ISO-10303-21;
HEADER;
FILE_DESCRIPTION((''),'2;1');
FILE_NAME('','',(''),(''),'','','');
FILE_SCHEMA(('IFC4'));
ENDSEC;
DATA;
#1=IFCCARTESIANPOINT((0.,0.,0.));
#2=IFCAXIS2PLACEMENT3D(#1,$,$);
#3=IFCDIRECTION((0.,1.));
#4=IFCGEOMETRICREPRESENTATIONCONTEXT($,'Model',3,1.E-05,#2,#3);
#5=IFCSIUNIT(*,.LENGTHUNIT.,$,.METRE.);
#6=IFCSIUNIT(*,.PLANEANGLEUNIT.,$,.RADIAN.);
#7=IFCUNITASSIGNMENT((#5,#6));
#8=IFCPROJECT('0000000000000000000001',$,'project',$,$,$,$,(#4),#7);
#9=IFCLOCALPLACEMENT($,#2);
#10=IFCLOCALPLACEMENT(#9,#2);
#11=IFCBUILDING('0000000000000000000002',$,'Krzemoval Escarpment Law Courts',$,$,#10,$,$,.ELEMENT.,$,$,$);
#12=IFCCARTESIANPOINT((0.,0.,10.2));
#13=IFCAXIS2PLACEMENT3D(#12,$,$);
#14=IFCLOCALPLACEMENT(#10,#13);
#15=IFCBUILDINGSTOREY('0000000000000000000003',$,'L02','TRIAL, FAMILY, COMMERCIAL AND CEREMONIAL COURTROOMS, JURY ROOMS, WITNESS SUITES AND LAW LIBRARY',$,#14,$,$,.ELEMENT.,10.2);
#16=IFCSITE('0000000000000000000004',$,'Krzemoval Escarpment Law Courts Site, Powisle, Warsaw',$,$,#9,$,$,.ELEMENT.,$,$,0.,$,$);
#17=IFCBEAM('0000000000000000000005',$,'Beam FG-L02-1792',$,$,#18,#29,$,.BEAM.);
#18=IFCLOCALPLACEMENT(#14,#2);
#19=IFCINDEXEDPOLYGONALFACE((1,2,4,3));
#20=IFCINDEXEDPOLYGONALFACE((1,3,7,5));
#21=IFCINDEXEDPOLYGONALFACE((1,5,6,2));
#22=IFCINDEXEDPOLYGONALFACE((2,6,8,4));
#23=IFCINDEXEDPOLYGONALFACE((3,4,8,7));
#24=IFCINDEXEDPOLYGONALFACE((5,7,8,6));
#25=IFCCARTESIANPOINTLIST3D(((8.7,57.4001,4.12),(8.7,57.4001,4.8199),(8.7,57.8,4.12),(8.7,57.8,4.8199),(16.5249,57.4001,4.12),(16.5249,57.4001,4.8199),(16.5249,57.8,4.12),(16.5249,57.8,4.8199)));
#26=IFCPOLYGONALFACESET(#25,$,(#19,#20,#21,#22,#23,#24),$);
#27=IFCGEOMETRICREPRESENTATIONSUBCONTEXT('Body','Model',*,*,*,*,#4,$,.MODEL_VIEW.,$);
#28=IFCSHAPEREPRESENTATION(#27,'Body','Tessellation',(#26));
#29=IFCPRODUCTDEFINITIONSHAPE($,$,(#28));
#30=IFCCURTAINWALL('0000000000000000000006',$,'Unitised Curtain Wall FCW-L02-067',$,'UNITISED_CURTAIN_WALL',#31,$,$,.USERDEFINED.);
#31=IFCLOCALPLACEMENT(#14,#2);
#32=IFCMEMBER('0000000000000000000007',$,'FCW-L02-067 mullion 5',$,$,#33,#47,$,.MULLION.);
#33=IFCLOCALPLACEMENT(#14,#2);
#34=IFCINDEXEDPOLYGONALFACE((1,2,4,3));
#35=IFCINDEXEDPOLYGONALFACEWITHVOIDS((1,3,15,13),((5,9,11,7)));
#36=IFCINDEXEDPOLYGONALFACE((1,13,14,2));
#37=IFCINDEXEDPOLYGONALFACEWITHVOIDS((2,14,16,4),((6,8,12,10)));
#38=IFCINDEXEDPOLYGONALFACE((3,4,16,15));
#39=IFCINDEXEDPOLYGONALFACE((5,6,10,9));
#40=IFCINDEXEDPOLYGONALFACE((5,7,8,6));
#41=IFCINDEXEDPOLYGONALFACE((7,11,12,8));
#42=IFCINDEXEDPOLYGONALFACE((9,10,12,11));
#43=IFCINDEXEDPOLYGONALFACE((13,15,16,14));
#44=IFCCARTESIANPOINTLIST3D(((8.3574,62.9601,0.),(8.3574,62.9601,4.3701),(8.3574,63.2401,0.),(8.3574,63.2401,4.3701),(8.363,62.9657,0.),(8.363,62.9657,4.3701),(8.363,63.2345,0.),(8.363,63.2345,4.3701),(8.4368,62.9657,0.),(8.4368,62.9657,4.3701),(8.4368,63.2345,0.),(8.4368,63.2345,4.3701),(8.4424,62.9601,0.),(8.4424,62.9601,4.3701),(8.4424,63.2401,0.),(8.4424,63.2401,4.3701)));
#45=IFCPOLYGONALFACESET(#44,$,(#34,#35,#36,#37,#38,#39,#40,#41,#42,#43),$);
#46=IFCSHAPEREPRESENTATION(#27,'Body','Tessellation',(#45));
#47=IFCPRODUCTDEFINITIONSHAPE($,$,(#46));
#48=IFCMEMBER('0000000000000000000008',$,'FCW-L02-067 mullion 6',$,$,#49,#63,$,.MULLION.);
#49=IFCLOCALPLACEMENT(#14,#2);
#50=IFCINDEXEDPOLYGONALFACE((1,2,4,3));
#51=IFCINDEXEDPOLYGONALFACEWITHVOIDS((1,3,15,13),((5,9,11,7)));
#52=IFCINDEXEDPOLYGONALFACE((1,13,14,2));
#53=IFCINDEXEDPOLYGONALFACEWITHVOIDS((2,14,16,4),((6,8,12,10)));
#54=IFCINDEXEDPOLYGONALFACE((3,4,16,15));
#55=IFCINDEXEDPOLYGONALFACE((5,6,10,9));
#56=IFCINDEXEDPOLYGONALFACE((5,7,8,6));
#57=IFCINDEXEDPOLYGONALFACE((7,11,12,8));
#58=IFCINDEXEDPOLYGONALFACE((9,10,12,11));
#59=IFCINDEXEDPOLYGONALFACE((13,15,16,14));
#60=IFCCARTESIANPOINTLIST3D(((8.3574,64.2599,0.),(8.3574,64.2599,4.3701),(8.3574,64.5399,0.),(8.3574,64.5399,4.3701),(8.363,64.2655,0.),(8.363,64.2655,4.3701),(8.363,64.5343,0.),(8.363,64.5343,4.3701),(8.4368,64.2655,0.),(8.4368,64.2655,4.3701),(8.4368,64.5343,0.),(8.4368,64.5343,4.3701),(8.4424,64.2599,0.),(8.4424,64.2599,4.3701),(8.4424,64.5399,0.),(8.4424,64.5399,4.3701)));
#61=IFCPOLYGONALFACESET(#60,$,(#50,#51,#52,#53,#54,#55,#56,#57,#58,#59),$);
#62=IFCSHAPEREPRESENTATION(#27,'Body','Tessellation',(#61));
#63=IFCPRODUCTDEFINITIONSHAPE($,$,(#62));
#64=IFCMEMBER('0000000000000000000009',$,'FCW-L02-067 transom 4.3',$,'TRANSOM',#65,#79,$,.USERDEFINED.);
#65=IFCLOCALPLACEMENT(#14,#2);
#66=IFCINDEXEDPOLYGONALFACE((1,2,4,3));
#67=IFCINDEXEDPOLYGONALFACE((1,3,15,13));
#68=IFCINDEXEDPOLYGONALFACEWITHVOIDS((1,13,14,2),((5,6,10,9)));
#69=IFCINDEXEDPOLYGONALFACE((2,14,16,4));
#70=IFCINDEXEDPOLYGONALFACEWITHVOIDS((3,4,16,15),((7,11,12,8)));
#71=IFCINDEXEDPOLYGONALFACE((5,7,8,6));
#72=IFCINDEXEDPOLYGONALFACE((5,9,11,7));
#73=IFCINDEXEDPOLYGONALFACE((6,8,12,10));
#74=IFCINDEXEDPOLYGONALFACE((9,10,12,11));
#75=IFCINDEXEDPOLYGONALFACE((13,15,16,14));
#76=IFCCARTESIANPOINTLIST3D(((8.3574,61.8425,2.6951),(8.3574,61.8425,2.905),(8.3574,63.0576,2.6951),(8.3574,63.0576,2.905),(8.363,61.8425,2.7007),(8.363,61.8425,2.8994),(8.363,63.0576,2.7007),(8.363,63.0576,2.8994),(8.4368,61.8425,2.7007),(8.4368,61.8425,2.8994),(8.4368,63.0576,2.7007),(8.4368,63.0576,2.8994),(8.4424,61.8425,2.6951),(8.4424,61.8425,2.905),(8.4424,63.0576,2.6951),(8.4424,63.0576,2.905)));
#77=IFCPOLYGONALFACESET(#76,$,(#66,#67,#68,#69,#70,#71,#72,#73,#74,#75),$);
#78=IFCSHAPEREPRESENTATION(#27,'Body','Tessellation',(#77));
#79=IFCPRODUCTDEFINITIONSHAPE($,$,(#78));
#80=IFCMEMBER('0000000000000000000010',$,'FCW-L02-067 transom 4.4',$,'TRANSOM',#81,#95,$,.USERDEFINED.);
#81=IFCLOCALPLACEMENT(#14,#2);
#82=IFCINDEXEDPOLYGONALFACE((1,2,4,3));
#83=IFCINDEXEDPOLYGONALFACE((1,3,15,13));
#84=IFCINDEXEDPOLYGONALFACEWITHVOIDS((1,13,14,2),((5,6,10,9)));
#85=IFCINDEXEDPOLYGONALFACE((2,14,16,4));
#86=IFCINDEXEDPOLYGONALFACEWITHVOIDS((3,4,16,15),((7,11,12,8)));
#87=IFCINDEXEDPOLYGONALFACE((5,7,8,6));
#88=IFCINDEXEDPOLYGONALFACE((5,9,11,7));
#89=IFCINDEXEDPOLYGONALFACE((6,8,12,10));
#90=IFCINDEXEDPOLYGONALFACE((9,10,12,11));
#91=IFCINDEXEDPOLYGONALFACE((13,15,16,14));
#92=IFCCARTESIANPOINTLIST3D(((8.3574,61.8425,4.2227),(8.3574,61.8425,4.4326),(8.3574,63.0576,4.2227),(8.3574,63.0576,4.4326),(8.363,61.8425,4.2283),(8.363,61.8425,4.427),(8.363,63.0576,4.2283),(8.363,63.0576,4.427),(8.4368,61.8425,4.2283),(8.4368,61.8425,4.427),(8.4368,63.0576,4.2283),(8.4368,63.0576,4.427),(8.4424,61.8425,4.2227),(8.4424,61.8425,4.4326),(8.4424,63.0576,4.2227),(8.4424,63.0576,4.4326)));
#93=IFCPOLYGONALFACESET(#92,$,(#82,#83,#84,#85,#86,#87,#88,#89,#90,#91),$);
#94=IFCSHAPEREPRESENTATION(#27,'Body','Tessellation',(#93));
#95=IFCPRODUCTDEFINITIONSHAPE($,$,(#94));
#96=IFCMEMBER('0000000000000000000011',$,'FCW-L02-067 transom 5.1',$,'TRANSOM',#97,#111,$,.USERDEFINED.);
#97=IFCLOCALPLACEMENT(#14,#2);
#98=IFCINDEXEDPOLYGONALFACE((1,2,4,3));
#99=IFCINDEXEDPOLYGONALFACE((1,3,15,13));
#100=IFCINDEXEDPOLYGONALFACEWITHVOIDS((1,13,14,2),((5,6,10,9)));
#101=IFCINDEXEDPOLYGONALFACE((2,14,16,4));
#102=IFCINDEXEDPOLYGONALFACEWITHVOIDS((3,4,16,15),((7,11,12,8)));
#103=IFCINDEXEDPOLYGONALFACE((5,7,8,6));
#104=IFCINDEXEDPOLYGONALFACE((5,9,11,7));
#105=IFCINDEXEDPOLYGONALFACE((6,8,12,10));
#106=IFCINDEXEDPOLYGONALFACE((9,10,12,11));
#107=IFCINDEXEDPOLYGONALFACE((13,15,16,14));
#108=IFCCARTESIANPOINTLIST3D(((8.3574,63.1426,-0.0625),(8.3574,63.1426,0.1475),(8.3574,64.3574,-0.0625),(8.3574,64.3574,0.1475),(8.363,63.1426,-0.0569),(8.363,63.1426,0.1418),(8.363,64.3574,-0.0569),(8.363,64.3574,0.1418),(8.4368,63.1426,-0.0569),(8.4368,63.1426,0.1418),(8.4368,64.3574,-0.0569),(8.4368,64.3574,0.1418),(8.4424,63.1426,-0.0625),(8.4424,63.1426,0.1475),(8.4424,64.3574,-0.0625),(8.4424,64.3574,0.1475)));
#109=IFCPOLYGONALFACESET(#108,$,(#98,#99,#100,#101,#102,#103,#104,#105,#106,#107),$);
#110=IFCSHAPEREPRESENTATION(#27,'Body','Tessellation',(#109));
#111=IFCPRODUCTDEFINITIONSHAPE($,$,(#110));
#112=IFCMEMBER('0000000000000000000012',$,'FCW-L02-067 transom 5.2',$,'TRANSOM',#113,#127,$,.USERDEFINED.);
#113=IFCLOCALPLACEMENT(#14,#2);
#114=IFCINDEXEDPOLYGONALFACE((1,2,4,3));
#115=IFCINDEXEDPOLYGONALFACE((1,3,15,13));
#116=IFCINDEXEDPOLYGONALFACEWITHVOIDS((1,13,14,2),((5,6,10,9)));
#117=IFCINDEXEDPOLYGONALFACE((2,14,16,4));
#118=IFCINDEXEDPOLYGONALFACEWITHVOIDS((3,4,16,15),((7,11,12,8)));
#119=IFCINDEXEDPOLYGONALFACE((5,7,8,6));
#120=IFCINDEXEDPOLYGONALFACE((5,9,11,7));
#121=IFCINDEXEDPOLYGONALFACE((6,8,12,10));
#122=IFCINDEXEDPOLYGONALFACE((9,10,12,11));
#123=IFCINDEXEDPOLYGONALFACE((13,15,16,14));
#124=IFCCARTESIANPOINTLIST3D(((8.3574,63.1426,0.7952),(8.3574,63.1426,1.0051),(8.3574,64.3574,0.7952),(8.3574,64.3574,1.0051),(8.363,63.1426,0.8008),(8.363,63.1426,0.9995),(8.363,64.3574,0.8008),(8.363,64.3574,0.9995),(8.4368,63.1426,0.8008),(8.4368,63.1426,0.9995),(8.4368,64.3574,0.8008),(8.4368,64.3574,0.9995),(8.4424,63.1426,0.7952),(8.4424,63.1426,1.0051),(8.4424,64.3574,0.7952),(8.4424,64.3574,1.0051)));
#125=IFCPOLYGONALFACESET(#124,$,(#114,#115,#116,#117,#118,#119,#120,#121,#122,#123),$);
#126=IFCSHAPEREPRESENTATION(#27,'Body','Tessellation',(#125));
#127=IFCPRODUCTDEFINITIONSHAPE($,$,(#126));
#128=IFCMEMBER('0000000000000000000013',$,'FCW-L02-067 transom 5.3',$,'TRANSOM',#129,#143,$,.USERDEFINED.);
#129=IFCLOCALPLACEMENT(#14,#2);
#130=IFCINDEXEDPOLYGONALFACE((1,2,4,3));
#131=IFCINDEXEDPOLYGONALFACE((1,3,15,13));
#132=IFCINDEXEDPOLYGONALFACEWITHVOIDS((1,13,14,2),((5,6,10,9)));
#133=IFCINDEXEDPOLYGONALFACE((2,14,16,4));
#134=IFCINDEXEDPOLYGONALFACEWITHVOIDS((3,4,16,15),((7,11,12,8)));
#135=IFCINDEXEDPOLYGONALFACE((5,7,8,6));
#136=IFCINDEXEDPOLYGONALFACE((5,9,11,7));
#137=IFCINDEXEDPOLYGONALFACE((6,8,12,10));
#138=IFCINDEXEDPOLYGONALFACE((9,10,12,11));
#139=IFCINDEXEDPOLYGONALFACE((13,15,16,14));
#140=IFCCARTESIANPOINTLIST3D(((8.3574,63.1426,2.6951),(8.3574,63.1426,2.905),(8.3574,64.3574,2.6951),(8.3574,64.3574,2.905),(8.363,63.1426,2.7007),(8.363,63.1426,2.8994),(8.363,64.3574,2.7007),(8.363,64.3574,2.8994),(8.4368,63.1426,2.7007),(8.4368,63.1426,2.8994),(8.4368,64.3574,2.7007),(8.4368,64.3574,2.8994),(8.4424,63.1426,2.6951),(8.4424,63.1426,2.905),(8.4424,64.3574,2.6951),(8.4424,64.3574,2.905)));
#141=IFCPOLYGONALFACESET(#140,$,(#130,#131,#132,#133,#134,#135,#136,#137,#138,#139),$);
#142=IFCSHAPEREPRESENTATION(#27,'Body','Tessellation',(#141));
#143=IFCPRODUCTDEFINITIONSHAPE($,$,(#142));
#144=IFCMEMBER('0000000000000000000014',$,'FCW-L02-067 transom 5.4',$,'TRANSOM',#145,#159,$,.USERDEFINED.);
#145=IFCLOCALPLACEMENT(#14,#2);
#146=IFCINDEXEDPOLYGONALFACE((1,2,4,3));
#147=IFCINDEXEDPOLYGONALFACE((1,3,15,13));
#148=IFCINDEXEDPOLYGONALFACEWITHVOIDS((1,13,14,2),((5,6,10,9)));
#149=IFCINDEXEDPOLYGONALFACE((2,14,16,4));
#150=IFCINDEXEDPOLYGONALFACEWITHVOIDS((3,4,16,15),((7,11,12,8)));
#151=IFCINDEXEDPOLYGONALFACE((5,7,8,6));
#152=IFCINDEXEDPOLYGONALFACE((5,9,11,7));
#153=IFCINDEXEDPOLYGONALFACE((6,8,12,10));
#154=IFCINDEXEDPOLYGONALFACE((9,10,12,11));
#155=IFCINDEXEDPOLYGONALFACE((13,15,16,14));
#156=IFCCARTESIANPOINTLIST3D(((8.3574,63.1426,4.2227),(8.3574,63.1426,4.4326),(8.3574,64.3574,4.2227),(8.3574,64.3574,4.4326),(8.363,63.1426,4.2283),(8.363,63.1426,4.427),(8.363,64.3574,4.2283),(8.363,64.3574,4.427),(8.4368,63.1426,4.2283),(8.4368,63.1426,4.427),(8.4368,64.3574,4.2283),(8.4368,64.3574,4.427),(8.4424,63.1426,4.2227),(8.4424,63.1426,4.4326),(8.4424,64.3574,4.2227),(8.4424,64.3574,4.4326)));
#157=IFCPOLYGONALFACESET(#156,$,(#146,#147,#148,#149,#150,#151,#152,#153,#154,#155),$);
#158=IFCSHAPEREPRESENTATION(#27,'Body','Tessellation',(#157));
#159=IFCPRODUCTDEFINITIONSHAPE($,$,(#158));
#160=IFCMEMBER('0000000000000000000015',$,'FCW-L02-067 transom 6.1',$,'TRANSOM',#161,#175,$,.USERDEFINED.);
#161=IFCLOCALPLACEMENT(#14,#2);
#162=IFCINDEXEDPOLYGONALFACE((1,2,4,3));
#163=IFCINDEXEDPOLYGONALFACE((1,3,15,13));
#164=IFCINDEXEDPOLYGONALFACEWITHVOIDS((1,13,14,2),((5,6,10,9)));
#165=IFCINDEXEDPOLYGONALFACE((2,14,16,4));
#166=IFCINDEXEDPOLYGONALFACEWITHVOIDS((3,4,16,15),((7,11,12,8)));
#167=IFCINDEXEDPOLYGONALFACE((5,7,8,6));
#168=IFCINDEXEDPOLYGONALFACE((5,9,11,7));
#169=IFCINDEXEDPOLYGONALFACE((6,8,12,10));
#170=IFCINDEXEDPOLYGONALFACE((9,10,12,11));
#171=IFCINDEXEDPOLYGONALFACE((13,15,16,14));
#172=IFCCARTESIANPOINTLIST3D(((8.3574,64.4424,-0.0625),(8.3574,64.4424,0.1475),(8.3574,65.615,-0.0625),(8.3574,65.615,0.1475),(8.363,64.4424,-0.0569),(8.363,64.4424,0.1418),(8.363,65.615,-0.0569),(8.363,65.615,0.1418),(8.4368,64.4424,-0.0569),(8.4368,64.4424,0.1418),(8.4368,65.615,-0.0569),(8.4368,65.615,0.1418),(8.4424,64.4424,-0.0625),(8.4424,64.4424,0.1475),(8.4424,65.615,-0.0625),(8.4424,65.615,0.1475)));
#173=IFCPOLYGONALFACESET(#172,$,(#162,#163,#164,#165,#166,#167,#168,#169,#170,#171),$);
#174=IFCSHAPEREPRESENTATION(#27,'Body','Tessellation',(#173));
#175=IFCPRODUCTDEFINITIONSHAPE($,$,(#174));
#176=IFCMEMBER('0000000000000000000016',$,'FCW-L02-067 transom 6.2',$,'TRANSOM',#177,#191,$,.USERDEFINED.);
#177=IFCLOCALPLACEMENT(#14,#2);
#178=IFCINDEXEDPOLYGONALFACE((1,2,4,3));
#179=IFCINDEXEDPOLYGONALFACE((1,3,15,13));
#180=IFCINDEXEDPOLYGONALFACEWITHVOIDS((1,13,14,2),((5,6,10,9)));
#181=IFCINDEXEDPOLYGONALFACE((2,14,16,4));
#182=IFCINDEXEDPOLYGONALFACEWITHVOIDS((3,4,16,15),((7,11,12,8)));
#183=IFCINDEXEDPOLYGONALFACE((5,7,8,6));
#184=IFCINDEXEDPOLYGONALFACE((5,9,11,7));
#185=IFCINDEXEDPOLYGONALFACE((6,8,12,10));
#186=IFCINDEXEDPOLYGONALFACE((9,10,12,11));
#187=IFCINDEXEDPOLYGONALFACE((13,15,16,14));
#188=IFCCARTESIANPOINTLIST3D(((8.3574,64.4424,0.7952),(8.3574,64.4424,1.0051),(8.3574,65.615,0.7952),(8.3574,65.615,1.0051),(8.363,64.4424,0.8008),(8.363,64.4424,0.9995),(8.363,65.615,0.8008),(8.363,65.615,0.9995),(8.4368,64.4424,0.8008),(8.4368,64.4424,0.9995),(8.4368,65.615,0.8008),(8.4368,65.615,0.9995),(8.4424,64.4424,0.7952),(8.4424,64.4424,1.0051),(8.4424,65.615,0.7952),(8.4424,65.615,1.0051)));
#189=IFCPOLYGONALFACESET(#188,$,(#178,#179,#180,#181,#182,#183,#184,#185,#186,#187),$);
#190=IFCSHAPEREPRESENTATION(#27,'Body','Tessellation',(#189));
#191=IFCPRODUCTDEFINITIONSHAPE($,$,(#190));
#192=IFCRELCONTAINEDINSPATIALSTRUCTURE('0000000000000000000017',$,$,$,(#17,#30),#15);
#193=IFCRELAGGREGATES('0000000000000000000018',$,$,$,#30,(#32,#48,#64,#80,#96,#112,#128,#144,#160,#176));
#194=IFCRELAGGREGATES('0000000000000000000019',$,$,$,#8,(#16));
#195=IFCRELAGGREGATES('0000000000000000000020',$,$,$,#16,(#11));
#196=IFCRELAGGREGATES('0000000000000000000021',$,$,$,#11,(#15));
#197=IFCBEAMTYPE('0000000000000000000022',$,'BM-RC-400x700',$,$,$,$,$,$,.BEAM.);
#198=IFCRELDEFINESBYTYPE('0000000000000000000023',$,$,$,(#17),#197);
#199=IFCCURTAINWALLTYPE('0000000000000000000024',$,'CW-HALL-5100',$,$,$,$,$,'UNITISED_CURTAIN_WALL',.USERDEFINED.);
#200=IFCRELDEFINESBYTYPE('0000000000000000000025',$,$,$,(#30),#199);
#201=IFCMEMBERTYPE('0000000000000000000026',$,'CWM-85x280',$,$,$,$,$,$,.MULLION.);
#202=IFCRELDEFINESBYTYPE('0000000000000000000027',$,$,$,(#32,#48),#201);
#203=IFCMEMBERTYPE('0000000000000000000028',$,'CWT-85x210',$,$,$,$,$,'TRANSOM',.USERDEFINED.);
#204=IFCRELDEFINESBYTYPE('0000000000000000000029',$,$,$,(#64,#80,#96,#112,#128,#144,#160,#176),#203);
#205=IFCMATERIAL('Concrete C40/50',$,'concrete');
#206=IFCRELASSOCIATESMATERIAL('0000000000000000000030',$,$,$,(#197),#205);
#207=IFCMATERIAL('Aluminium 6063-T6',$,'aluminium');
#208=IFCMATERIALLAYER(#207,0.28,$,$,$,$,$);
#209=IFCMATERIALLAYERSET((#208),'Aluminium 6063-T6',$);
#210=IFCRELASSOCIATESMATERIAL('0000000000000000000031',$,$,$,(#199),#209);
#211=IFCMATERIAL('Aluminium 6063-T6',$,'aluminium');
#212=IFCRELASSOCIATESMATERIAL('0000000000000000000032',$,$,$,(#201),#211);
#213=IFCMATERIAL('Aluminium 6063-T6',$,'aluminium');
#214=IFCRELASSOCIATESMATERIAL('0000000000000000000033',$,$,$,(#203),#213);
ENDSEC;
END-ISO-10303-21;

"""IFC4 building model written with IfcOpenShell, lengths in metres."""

from ifc_helpers import new_model, si_unit, direction, frame, origin, origin_2d, place, context, subcontext, project, spatial, rectangle, hollow_rectangle, extrude, material, layer, layer_set, material_profile, profile_set, type_object, element, aggregate, save


model = new_model("IFC4")

# Units and contexts
model_context = context("Model", 3, precision=1e-05, world=origin(), true_north=direction((0.0, 1.0)))
body_context = subcontext(model_context, "Body", "Model", "MODEL_VIEW")
ifc_project = project(units=[si_unit("LENGTHUNIT", "METRE"), si_unit("PLANEANGLEUNIT", "RADIAN")], contexts=[model_context])

# Site, building, storey
site_placement = place(None, origin())
site = spatial("IfcSite", under=ifc_project, at=site_placement, Name="Krzemoval Escarpment Law Courts Site, Powisle, Warsaw", CompositionType="ELEMENT", RefElevation=0.0)
building_placement = place(site_placement, origin())
building = spatial("IfcBuilding", under=site, at=building_placement, Name="Krzemoval Escarpment Law Courts", CompositionType="ELEMENT")
storey_placement = place(building_placement, frame((0.0, 0.0, 10.2)))
storey = spatial("IfcBuildingStorey", under=building, at=storey_placement, Name="L02", Description="TRIAL, FAMILY, COMMERCIAL AND CEREMONIAL COURTROOMS, JURY ROOMS, WITNESS SUITES AND LAW LIBRARY", CompositionType="ELEMENT", Elevation=10.2)

# Beam
ifc_material_1 = material(Name="Concrete C40/50", Category="concrete")
ifc_material_profile_1 = material_profile(ifc_material_1, rectangle(XDim=0.3999, YDim=0.7, at=origin_2d()), Name="RCB 400x700")
ifc_profile_set_1 = profile_set([ifc_material_profile_1], Name="Concrete C40/50")
beam_type_1 = type_object("IfcBeamType", Name="BM-RC-400x700", PredefinedType="BEAM", material=ifc_profile_set_1)
beam_1_placement = place(storey_placement, frame((8.7, 57.6001, 4.47), z_axis=(1.0, 0.0, 0.0), x_axis=(0.0, 1.0, 0.0)))
element("IfcBeam", 1, at=beam_1_placement, inside=storey, type_object=beam_type_1, Name="Beam FG-L02-1792", PredefinedType="BEAM", context=body_context, shape_type="SweptSolid", body=[
    extrude(rectangle(XDim=0.3999, YDim=0.7, at=origin_2d()), origin(), (0.0, 0.0, 1.0), 7.825),
])

# Curtain wall, members
ifc_material_2 = material(Name="Aluminium 6063-T6", Category="aluminium")
ifc_layer_1 = layer(ifc_material_2, 0.28)
ifc_layer_set_1 = layer_set([ifc_layer_1], Name="Aluminium 6063-T6")
curtain_wall_type = type_object("IfcCurtainWallType", Name="CW-HALL-5100", ElementType="UNITISED_CURTAIN_WALL", PredefinedType="USERDEFINED", material=ifc_layer_set_1)
curtain_wall_placement = place(storey_placement, origin())
curtain_wall = element("IfcCurtainWall", 2, at=curtain_wall_placement, inside=storey, type_object=curtain_wall_type, Name="Unitised Curtain Wall FCW-L02-067", ObjectType="UNITISED_CURTAIN_WALL", PredefinedType="USERDEFINED")
ifc_material_3 = material(Name="Aluminium 6063-T6", Category="aluminium")
ifc_material_profile_2 = material_profile(ifc_material_3, hollow_rectangle(XDim=0.085, YDim=0.28, WallThickness=0.0056, at=origin_2d()), Name="ALU M85x280")
ifc_profile_set_2 = profile_set([ifc_material_profile_2], Name="Aluminium 6063-T6")
member_type_1 = type_object("IfcMemberType", Name="CWM-85x280", PredefinedType="MULLION", material=ifc_profile_set_2)
member_1_placement = place(storey_placement, frame((8.3999, 63.1001, 0.0), z_axis=(0.0, 0.0, 1.0), x_axis=(-1.0, 0.0, 0.0)))
member_1 = element("IfcMember", 3, at=member_1_placement, type_object=member_type_1, Name="FCW-L02-067 mullion 5", PredefinedType="MULLION", context=body_context, shape_type="SweptSolid", body=[
    extrude(hollow_rectangle(XDim=0.085, YDim=0.28, WallThickness=0.0056, at=origin_2d()), origin(), (0.0, 0.0, 1.0), 4.3701),
])
member_2_placement = place(storey_placement, frame((8.3999, 64.3999, 0.0), z_axis=(0.0, 0.0, 1.0), x_axis=(-1.0, 0.0, 0.0)))
member_2 = element("IfcMember", 4, at=member_2_placement, type_object=member_type_1, Name="FCW-L02-067 mullion 6", PredefinedType="MULLION", context=body_context, shape_type="SweptSolid", body=[
    extrude(hollow_rectangle(XDim=0.085, YDim=0.28, WallThickness=0.0056, at=origin_2d()), origin(), (0.0, 0.0, 1.0), 4.3701),
])
ifc_material_4 = material(Name="Aluminium 6063-T6", Category="aluminium")
ifc_material_profile_3 = material_profile(ifc_material_4, hollow_rectangle(XDim=0.085, YDim=0.21, WallThickness=0.0056, at=origin_2d()), Name="ALU T85x210")
ifc_profile_set_3 = profile_set([ifc_material_profile_3], Name="Aluminium 6063-T6")
member_type_2 = type_object("IfcMemberType", Name="CWT-85x210", ElementType="TRANSOM", PredefinedType="USERDEFINED", material=ifc_profile_set_3)
member_3_placement = place(storey_placement, frame((8.3999, 61.8425, 2.8), z_axis=(0.0, 1.0, 0.0), x_axis=(-1.0, 0.0, 0.0)))
member_3 = element("IfcMember", 5, at=member_3_placement, type_object=member_type_2, Name="FCW-L02-067 transom 4.3", ObjectType="TRANSOM", PredefinedType="USERDEFINED", context=body_context, shape_type="SweptSolid", body=[
    extrude(hollow_rectangle(XDim=0.085, YDim=0.21, WallThickness=0.0056, at=origin_2d()), origin(), (0.0, 0.0, 1.0), 1.2151),
])
member_4_placement = place(storey_placement, frame((8.3999, 61.8425, 4.3276), z_axis=(0.0, 1.0, 0.0), x_axis=(-1.0, 0.0, 0.0)))
member_4 = element("IfcMember", 6, at=member_4_placement, type_object=member_type_2, Name="FCW-L02-067 transom 4.4", ObjectType="TRANSOM", PredefinedType="USERDEFINED", context=body_context, shape_type="SweptSolid", body=[
    extrude(hollow_rectangle(XDim=0.085, YDim=0.21, WallThickness=0.0056, at=origin_2d()), origin(), (0.0, 0.0, 1.0), 1.2151),
])
member_5_placement = place(storey_placement, frame((8.3999, 63.1426, 0.0425), z_axis=(0.0, 1.0, 0.0), x_axis=(-1.0, 0.0, 0.0)))
member_5 = element("IfcMember", 7, at=member_5_placement, type_object=member_type_2, Name="FCW-L02-067 transom 5.1", ObjectType="TRANSOM", PredefinedType="USERDEFINED", context=body_context, shape_type="SweptSolid", body=[
    extrude(hollow_rectangle(XDim=0.085, YDim=0.21, WallThickness=0.0056, at=origin_2d()), origin(), (0.0, 0.0, 1.0), 1.2148),
])
member_6_placement = place(storey_placement, frame((8.3999, 63.1426, 0.9001), z_axis=(0.0, 1.0, 0.0), x_axis=(-1.0, 0.0, 0.0)))
member_6 = element("IfcMember", 8, at=member_6_placement, type_object=member_type_2, Name="FCW-L02-067 transom 5.2", ObjectType="TRANSOM", PredefinedType="USERDEFINED", context=body_context, shape_type="SweptSolid", body=[
    extrude(hollow_rectangle(XDim=0.085, YDim=0.21, WallThickness=0.0056, at=origin_2d()), origin(), (0.0, 0.0, 1.0), 1.2148),
])
member_7_placement = place(storey_placement, frame((8.3999, 63.1426, 2.8), z_axis=(0.0, 1.0, 0.0), x_axis=(-1.0, 0.0, 0.0)))
member_7 = element("IfcMember", 9, at=member_7_placement, type_object=member_type_2, Name="FCW-L02-067 transom 5.3", ObjectType="TRANSOM", PredefinedType="USERDEFINED", context=body_context, shape_type="SweptSolid", body=[
    extrude(hollow_rectangle(XDim=0.085, YDim=0.21, WallThickness=0.0056, at=origin_2d()), origin(), (0.0, 0.0, 1.0), 1.2148),
])
member_8_placement = place(storey_placement, frame((8.3999, 63.1426, 4.3276), z_axis=(0.0, 1.0, 0.0), x_axis=(-1.0, 0.0, 0.0)))
member_8 = element("IfcMember", 10, at=member_8_placement, type_object=member_type_2, Name="FCW-L02-067 transom 5.4", ObjectType="TRANSOM", PredefinedType="USERDEFINED", context=body_context, shape_type="SweptSolid", body=[
    extrude(hollow_rectangle(XDim=0.085, YDim=0.21, WallThickness=0.0056, at=origin_2d()), origin(), (0.0, 0.0, 1.0), 1.2148),
])
member_9_placement = place(storey_placement, frame((8.3999, 64.4424, 0.0425), z_axis=(0.0, 1.0, 0.0), x_axis=(-1.0, 0.0, 0.0)))
member_9 = element("IfcMember", 11, at=member_9_placement, type_object=member_type_2, Name="FCW-L02-067 transom 6.1", ObjectType="TRANSOM", PredefinedType="USERDEFINED", context=body_context, shape_type="SweptSolid", body=[
    extrude(hollow_rectangle(XDim=0.085, YDim=0.21, WallThickness=0.0056, at=origin_2d()), origin(), (0.0, 0.0, 1.0), 1.1726),
])
member_10_placement = place(storey_placement, frame((8.3999, 64.4424, 0.9001), z_axis=(0.0, 1.0, 0.0), x_axis=(-1.0, 0.0, 0.0)))
member_10 = element("IfcMember", 12, at=member_10_placement, type_object=member_type_2, Name="FCW-L02-067 transom 6.2", ObjectType="TRANSOM", PredefinedType="USERDEFINED", context=body_context, shape_type="SweptSolid", body=[
    extrude(hollow_rectangle(XDim=0.085, YDim=0.21, WallThickness=0.0056, at=origin_2d()), origin(), (0.0, 0.0, 1.0), 1.1726),
])

aggregate(curtain_wall, [member_1, member_2, member_3, member_4, member_5, member_6, member_7, member_8, member_9, member_10])

save(model, "model.ifc")
